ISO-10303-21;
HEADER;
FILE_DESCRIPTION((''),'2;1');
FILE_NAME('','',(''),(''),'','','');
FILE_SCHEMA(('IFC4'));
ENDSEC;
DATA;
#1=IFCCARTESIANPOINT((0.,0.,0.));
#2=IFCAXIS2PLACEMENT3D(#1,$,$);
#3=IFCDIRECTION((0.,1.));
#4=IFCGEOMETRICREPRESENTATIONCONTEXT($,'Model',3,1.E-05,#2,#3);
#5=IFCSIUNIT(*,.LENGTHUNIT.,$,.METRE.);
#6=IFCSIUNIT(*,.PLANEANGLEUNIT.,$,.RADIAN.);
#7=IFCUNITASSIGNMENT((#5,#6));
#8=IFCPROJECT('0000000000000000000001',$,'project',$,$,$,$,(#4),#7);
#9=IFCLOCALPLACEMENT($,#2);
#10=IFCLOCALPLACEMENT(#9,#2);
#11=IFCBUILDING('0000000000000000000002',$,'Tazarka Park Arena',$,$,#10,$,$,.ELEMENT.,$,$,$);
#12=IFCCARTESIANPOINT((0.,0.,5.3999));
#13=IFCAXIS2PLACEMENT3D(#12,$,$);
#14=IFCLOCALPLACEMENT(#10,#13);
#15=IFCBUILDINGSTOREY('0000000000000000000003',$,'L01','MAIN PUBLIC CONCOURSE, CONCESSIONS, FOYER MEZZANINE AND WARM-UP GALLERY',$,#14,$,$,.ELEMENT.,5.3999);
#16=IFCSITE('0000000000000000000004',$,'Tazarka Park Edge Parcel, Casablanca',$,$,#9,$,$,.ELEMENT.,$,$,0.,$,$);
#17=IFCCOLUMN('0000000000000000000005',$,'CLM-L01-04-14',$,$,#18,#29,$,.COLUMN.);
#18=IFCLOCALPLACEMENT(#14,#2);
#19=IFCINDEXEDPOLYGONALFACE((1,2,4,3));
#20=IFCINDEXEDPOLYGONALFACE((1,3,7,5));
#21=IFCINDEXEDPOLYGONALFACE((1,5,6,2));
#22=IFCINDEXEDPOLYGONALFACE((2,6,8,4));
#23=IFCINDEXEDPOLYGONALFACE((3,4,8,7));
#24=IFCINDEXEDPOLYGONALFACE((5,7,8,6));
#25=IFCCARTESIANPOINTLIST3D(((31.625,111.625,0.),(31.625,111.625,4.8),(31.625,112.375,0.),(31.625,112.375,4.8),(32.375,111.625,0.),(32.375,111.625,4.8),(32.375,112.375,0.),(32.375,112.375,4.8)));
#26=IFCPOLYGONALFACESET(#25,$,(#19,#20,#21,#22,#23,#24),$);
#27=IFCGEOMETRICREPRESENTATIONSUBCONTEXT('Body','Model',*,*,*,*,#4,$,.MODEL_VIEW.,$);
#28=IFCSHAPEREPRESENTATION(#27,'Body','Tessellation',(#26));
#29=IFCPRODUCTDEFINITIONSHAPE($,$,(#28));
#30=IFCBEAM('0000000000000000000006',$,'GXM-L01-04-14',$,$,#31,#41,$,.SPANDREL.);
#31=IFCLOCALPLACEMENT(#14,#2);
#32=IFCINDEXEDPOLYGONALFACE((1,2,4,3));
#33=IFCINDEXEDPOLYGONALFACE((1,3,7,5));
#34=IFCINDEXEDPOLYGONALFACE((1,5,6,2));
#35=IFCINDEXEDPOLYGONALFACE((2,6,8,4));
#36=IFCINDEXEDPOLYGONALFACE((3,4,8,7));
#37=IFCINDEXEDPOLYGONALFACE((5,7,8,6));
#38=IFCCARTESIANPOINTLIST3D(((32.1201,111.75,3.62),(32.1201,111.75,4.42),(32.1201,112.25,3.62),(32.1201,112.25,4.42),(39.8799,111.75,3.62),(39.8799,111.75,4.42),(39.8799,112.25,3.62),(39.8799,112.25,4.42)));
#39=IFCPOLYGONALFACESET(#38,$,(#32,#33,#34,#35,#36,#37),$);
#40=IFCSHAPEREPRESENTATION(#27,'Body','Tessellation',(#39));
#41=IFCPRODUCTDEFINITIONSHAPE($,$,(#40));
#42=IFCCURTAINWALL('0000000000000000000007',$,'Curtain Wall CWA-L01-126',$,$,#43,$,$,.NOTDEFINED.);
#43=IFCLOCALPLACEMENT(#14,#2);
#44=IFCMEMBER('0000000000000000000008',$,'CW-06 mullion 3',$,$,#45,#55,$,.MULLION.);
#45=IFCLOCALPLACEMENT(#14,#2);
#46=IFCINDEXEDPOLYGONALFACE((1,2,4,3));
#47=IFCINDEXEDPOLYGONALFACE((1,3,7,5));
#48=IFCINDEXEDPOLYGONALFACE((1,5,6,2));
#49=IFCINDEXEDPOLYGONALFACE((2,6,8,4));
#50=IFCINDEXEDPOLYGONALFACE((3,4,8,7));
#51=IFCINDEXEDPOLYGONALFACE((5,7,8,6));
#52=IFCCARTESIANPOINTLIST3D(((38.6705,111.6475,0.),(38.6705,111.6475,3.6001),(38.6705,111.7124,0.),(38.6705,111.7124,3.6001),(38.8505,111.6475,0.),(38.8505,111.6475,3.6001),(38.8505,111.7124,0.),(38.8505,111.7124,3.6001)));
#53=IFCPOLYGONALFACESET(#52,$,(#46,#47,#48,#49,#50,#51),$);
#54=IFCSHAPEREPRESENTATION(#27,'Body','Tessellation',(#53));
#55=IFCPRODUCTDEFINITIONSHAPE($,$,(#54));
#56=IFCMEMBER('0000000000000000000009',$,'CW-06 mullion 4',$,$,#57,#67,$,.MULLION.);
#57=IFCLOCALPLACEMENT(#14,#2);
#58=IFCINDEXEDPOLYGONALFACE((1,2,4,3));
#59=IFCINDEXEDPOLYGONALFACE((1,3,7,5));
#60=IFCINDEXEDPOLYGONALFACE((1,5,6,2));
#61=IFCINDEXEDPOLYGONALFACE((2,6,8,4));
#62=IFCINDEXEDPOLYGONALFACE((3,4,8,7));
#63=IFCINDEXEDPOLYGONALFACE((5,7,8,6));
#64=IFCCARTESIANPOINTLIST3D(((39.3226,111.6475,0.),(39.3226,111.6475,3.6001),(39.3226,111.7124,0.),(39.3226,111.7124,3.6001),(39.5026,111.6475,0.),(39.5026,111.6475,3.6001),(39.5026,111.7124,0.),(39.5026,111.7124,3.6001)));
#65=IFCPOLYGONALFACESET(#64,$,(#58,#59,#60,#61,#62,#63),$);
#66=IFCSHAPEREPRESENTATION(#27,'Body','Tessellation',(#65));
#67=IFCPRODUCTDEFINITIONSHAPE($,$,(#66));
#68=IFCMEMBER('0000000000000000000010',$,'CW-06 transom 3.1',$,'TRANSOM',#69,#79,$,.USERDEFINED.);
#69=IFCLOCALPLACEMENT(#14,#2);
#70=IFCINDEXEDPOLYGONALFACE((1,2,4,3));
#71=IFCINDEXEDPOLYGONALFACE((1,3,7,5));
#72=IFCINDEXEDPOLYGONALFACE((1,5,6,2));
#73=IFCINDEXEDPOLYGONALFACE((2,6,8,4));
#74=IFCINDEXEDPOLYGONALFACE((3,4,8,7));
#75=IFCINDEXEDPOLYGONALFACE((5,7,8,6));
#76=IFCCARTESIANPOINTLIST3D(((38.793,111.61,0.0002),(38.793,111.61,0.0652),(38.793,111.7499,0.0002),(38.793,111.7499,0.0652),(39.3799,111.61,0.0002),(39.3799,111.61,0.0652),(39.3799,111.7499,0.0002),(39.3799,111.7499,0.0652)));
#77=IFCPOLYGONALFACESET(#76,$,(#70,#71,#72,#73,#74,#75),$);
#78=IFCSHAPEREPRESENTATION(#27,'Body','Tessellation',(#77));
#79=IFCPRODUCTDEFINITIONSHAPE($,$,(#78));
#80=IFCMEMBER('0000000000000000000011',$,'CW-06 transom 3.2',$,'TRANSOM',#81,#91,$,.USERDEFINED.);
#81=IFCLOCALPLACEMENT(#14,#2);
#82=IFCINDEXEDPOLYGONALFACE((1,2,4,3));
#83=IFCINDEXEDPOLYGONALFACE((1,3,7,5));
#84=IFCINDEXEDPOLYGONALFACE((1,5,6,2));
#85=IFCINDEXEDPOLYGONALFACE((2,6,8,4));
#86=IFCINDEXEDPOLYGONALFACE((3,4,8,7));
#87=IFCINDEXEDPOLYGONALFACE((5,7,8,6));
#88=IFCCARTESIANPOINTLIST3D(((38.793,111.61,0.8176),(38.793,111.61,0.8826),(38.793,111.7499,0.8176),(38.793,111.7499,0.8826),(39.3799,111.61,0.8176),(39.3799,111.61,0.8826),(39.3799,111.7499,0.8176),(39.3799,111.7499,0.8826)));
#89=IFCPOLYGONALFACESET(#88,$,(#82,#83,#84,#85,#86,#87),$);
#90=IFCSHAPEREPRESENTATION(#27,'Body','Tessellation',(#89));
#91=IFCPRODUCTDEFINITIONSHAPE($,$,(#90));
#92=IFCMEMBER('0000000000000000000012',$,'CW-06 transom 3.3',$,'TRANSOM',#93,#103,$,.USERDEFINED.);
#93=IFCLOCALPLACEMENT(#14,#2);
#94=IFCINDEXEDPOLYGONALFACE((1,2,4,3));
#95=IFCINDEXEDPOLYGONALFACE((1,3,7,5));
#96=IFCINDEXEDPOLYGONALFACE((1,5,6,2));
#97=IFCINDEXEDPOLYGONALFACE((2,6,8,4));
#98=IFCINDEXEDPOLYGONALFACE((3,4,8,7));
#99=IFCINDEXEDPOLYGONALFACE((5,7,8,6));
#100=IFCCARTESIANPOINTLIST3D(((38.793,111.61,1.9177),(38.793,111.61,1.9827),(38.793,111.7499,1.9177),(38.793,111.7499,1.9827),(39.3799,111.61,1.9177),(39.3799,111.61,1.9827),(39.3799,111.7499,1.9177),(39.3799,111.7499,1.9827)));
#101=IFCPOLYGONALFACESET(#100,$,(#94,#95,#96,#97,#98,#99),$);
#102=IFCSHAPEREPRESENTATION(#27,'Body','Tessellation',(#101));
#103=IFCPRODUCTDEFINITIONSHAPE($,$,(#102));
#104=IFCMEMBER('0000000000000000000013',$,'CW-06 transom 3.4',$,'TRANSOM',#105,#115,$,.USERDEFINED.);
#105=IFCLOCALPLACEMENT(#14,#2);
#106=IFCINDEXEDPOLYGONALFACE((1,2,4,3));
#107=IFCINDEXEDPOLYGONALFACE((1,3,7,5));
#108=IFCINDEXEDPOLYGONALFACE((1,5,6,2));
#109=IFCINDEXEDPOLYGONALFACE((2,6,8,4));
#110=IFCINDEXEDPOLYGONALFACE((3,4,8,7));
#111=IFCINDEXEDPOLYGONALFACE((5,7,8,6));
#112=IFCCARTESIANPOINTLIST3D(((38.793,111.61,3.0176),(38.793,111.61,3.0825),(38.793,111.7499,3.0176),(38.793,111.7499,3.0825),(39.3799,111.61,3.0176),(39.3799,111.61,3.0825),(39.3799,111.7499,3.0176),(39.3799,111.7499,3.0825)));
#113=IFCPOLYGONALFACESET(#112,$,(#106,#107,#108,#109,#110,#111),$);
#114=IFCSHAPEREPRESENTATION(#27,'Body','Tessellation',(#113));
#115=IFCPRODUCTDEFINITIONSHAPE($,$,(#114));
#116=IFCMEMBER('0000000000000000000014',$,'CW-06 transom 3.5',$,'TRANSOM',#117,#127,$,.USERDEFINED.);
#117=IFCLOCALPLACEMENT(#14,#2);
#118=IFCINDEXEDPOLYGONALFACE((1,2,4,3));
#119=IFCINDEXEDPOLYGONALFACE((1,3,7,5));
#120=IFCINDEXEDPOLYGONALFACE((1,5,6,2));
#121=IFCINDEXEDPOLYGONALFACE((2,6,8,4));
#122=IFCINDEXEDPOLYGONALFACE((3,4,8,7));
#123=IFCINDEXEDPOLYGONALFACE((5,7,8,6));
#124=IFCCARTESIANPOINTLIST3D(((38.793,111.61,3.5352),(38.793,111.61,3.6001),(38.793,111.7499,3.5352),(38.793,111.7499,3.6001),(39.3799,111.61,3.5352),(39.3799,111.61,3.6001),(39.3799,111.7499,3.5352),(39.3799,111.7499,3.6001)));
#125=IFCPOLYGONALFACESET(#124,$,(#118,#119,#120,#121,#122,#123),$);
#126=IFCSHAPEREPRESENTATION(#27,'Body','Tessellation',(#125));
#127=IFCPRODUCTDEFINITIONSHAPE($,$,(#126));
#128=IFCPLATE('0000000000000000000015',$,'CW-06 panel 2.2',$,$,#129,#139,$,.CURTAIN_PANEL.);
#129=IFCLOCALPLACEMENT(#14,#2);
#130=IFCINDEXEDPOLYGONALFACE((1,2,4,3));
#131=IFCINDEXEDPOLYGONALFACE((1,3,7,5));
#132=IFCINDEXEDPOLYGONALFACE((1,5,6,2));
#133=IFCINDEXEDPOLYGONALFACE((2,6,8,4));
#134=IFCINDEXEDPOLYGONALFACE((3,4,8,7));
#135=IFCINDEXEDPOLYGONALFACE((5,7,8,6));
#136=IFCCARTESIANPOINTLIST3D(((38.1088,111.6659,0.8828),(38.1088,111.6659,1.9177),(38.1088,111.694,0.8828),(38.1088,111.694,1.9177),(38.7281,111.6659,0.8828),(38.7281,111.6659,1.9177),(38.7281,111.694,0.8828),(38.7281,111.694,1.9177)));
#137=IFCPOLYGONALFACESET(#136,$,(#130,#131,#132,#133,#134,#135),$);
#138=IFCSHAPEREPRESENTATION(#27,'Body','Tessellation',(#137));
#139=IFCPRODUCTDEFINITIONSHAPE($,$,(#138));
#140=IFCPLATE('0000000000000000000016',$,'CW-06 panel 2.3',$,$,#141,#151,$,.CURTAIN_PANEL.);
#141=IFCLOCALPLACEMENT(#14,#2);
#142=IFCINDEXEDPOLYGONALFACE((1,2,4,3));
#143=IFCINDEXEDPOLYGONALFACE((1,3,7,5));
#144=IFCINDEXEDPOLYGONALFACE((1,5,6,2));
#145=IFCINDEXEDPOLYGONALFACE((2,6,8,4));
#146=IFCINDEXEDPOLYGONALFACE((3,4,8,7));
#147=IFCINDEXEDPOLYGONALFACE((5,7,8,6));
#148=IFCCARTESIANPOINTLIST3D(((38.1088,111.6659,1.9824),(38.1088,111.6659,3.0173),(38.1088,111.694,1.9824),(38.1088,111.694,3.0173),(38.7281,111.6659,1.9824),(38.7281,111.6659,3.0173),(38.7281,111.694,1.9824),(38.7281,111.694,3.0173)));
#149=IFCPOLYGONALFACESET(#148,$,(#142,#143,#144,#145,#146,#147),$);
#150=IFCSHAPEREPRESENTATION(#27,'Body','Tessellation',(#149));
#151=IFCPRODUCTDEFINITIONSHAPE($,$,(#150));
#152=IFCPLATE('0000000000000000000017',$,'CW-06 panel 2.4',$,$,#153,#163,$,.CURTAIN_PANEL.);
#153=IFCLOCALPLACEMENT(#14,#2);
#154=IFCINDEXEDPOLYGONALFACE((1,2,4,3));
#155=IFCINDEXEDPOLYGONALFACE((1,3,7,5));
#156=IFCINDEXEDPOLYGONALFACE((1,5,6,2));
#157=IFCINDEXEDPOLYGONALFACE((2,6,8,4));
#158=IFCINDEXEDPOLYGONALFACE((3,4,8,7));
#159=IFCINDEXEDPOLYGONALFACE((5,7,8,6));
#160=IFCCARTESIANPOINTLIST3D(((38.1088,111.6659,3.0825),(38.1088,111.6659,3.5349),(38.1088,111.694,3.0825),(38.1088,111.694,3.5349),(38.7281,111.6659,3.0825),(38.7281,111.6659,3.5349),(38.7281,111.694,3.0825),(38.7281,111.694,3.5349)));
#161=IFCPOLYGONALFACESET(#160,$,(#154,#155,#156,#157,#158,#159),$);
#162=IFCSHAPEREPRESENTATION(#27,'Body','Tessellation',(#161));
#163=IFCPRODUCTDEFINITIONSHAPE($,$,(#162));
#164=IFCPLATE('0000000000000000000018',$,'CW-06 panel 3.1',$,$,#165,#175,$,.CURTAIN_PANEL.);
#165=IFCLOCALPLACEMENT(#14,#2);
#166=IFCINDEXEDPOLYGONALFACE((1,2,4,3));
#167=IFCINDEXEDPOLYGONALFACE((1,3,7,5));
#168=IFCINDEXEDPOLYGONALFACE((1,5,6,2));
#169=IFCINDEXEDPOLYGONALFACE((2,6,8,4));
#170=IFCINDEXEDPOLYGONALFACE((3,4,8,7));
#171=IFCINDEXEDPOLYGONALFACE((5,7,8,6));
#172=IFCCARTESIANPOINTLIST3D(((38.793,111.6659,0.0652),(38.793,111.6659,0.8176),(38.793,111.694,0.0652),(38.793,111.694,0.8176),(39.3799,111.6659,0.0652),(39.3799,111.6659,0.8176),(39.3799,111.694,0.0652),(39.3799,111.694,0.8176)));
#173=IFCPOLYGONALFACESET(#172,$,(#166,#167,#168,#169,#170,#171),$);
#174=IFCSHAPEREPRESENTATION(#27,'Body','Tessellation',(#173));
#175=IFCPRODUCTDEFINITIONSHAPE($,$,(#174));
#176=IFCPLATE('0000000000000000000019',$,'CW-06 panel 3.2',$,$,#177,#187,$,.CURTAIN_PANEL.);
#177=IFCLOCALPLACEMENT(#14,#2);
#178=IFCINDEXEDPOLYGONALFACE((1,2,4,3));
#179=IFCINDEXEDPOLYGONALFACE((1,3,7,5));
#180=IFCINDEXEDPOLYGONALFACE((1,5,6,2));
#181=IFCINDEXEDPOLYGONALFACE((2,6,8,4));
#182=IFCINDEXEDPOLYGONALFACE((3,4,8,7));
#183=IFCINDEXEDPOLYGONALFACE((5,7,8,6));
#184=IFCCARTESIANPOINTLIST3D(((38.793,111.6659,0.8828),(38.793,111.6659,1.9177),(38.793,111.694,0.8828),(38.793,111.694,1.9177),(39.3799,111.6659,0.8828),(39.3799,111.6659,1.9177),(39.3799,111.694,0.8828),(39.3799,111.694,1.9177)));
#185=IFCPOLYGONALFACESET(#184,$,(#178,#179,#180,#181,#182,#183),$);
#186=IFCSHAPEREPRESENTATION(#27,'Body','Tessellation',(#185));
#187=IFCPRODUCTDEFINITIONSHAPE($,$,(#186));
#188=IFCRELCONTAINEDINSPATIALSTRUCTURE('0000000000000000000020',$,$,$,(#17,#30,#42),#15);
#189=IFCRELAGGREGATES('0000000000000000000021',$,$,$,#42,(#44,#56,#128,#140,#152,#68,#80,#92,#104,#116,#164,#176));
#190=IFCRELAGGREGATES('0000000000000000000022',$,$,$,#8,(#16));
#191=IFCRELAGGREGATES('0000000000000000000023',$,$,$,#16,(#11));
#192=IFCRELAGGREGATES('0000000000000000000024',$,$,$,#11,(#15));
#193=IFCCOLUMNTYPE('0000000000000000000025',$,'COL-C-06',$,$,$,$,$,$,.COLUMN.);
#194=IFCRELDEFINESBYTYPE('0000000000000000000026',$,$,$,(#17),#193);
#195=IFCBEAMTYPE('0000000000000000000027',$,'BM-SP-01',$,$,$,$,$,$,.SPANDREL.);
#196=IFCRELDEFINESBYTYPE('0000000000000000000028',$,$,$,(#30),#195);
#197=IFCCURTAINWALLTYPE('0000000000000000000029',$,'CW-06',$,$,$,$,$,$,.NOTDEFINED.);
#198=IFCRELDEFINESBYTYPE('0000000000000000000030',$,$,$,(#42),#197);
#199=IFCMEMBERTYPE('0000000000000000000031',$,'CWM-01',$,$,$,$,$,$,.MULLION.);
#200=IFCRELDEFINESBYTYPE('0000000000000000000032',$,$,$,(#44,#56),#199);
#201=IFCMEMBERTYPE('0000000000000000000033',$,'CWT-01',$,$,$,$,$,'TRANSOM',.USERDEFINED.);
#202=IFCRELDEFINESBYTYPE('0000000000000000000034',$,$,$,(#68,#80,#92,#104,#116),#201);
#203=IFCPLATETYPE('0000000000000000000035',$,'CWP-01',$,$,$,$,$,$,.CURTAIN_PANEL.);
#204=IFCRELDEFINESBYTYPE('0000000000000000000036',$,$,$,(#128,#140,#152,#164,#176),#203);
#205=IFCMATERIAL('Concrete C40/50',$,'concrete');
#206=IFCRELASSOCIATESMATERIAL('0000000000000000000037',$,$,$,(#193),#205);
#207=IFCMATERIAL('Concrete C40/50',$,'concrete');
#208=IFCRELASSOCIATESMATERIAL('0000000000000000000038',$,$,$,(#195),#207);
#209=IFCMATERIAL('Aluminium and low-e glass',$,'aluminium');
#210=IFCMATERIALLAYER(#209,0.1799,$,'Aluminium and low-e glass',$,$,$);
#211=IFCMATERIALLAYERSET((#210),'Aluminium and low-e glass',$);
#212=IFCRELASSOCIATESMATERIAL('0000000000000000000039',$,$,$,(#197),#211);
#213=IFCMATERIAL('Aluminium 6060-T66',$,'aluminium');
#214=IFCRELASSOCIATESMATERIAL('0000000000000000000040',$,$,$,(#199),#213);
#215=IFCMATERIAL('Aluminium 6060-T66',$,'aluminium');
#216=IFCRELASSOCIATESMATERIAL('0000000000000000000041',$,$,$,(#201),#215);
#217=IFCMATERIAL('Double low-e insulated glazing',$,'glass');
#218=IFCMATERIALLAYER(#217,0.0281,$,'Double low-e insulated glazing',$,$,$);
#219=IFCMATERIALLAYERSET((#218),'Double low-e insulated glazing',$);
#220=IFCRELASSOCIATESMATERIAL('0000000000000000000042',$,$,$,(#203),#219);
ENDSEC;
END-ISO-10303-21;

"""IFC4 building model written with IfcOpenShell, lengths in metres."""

from ifc_helpers import new_model, si_unit, direction, frame, origin, origin_2d, place, context, subcontext, project, spatial, rectangle, extrude, material, layer, layer_set, material_profile, profile_set, type_object, element, aggregate, save


model = new_model("IFC4")

# Units and contexts
model_context = context("Model", 3, precision=1e-05, world=origin(), true_north=direction((0.0, 1.0)))
body_context = subcontext(model_context, "Body", "Model", "MODEL_VIEW")
ifc_project = project(units=[si_unit("LENGTHUNIT", "METRE"), si_unit("PLANEANGLEUNIT", "RADIAN")], contexts=[model_context])

# Site, building, storey
site_placement = place(None, origin())
site = spatial("IfcSite", under=ifc_project, at=site_placement, Name="Tazarka Park Edge Parcel, Casablanca", CompositionType="ELEMENT", RefElevation=0.0)
building_placement = place(site_placement, origin())
building = spatial("IfcBuilding", under=site, at=building_placement, Name="Tazarka Park Arena", CompositionType="ELEMENT")
storey_placement = place(building_placement, frame((0.0, 0.0, 5.3999)))
storey = spatial("IfcBuildingStorey", under=building, at=storey_placement, Name="L01", Description="MAIN PUBLIC CONCOURSE, CONCESSIONS, FOYER MEZZANINE AND WARM-UP GALLERY", CompositionType="ELEMENT", Elevation=5.3999)

# Column
ifc_material_1 = material(Name="Concrete C40/50", Category="concrete")
ifc_material_profile_1 = material_profile(ifc_material_1, rectangle(XDim=0.75, YDim=0.75, at=origin_2d()), Name="Concrete C40/50")
ifc_profile_set_1 = profile_set([ifc_material_profile_1], Name="Concrete C40/50")
column_type = type_object("IfcColumnType", Name="COL-C-06", PredefinedType="COLUMN", material=ifc_profile_set_1)
column_placement = place(storey_placement, frame((32.0, 112.0, 0.0), z_axis=(0.0, 0.0, 1.0), x_axis=(1.0, 0.0, 0.0)))
element("IfcColumn", 1, at=column_placement, inside=storey, type_object=column_type, Name="CLM-L01-04-14", PredefinedType="COLUMN", context=body_context, shape_type="SweptSolid", body=[
    extrude(rectangle(XDim=0.75, YDim=0.75, at=origin_2d()), origin(), (0.0, 0.0, 1.0), 4.8),
])

# Beam
ifc_material_2 = material(Name="Concrete C40/50", Category="concrete")
ifc_material_profile_2 = material_profile(ifc_material_2, rectangle(XDim=0.5, YDim=0.8, at=origin_2d()), Name="Concrete C40/50")
ifc_profile_set_2 = profile_set([ifc_material_profile_2], Name="Concrete C40/50")
beam_type = type_object("IfcBeamType", Name="BM-SP-01", PredefinedType="SPANDREL", material=ifc_profile_set_2)
beam_placement = place(storey_placement, frame((32.1201, 112.0, 4.02), z_axis=(1.0, 0.0, 0.0), x_axis=(0.0, 1.0, 0.0)))
element("IfcBeam", 2, at=beam_placement, inside=storey, type_object=beam_type, Name="GXM-L01-04-14", PredefinedType="SPANDREL", context=body_context, shape_type="SweptSolid", body=[
    extrude(rectangle(XDim=0.5, YDim=0.8, at=origin_2d()), origin(), (0.0, 0.0, 1.0), 7.7598),
])

# Curtain wall, members, plates
ifc_material_3 = material(Name="Aluminium and low-e glass", Category="aluminium")
ifc_layer_1 = layer(ifc_material_3, 0.1799, Name="Aluminium and low-e glass")
ifc_layer_set_1 = layer_set([ifc_layer_1], Name="Aluminium and low-e glass")
curtain_wall_type = type_object("IfcCurtainWallType", Name="CW-06", PredefinedType="NOTDEFINED", material=ifc_layer_set_1)
curtain_wall_placement = place(storey_placement, origin())
curtain_wall = element("IfcCurtainWall", 3, at=curtain_wall_placement, inside=storey, type_object=curtain_wall_type, Name="Curtain Wall CWA-L01-126", PredefinedType="NOTDEFINED")
ifc_material_4 = material(Name="Aluminium 6060-T66", Category="aluminium")
ifc_material_profile_3 = material_profile(ifc_material_4, rectangle(XDim=0.0649, YDim=0.1799, at=origin_2d()), Name="Aluminium 6060-T66")
ifc_profile_set_3 = profile_set([ifc_material_profile_3], Name="Aluminium 6060-T66")
member_type_1 = type_object("IfcMemberType", Name="CWM-01", PredefinedType="MULLION", material=ifc_profile_set_3)
member_1_placement = place(storey_placement, frame((38.7605, 111.6799, 0.0), z_axis=(0.0, 0.0, 1.0), x_axis=(0.0, 1.0, 0.0)))
member_1 = element("IfcMember", 4, at=member_1_placement, type_object=member_type_1, Name="CW-06 mullion 3", PredefinedType="MULLION", context=body_context, shape_type="SweptSolid", body=[
    extrude(rectangle(XDim=0.0649, YDim=0.1799, at=origin_2d()), origin(), (0.0, 0.0, 1.0), 3.6001),
])
member_2_placement = place(storey_placement, frame((39.4126, 111.6799, 0.0), z_axis=(0.0, 0.0, 1.0), x_axis=(0.0, 1.0, 0.0)))
member_2 = element("IfcMember", 5, at=member_2_placement, type_object=member_type_1, Name="CW-06 mullion 4", PredefinedType="MULLION", context=body_context, shape_type="SweptSolid", body=[
    extrude(rectangle(XDim=0.0649, YDim=0.1799, at=origin_2d()), origin(), (0.0, 0.0, 1.0), 3.6001),
])
ifc_material_5 = material(Name="Aluminium 6060-T66", Category="aluminium")
ifc_material_profile_4 = material_profile(ifc_material_5, rectangle(XDim=0.1399, YDim=0.0649, at=origin_2d()), Name="Aluminium 6060-T66")
ifc_profile_set_4 = profile_set([ifc_material_profile_4], Name="Aluminium 6060-T66")
member_type_2 = type_object("IfcMemberType", Name="CWT-01", ElementType="TRANSOM", PredefinedType="USERDEFINED", material=ifc_profile_set_4)
member_3_placement = place(storey_placement, frame((38.793, 111.6799, 0.0327), z_axis=(1.0, 0.0, 0.0), x_axis=(0.0, 1.0, 0.0)))
member_3 = element("IfcMember", 6, at=member_3_placement, type_object=member_type_2, Name="CW-06 transom 3.1", ObjectType="TRANSOM", PredefinedType="USERDEFINED", context=body_context, shape_type="SweptSolid", body=[
    extrude(rectangle(XDim=0.1399, YDim=0.0649, at=origin_2d()), origin(), (0.0, 0.0, 1.0), 0.5869),
])
member_4_placement = place(storey_placement, frame((38.793, 111.6799, 0.8501), z_axis=(1.0, 0.0, 0.0), x_axis=(0.0, 1.0, 0.0)))
member_4 = element("IfcMember", 7, at=member_4_placement, type_object=member_type_2, Name="CW-06 transom 3.2", ObjectType="TRANSOM", PredefinedType="USERDEFINED", context=body_context, shape_type="SweptSolid", body=[
    extrude(rectangle(XDim=0.1399, YDim=0.0649, at=origin_2d()), origin(), (0.0, 0.0, 1.0), 0.5869),
])
member_5_placement = place(storey_placement, frame((38.793, 111.6799, 1.9502), z_axis=(1.0, 0.0, 0.0), x_axis=(0.0, 1.0, 0.0)))
member_5 = element("IfcMember", 8, at=member_5_placement, type_object=member_type_2, Name="CW-06 transom 3.3", ObjectType="TRANSOM", PredefinedType="USERDEFINED", context=body_context, shape_type="SweptSolid", body=[
    extrude(rectangle(XDim=0.1399, YDim=0.0649, at=origin_2d()), origin(), (0.0, 0.0, 1.0), 0.5869),
])
member_6_placement = place(storey_placement, frame((38.793, 111.6799, 3.05), z_axis=(1.0, 0.0, 0.0), x_axis=(0.0, 1.0, 0.0)))
member_6 = element("IfcMember", 9, at=member_6_placement, type_object=member_type_2, Name="CW-06 transom 3.4", ObjectType="TRANSOM", PredefinedType="USERDEFINED", context=body_context, shape_type="SweptSolid", body=[
    extrude(rectangle(XDim=0.1399, YDim=0.0649, at=origin_2d()), origin(), (0.0, 0.0, 1.0), 0.5869),
])
member_7_placement = place(storey_placement, frame((38.793, 111.6799, 3.5676), z_axis=(1.0, 0.0, 0.0), x_axis=(0.0, 1.0, 0.0)))
member_7 = element("IfcMember", 10, at=member_7_placement, type_object=member_type_2, Name="CW-06 transom 3.5", ObjectType="TRANSOM", PredefinedType="USERDEFINED", context=body_context, shape_type="SweptSolid", body=[
    extrude(rectangle(XDim=0.1399, YDim=0.0649, at=origin_2d()), origin(), (0.0, 0.0, 1.0), 0.5869),
])
ifc_material_6 = material(Name="Double low-e insulated glazing", Category="glass")
ifc_layer_2 = layer(ifc_material_6, 0.0281, Name="Double low-e insulated glazing")
ifc_layer_set_2 = layer_set([ifc_layer_2], Name="Double low-e insulated glazing")
plate_type = type_object("IfcPlateType", Name="CWP-01", PredefinedType="CURTAIN_PANEL", material=ifc_layer_set_2)
plate_1_placement = place(storey_placement, frame((38.4185, 111.6799, 0.8828), z_axis=(0.0, 0.0, 1.0), x_axis=(1.0, 0.0, 0.0)))
plate_1 = element("IfcPlate", 11, at=plate_1_placement, type_object=plate_type, Name="CW-06 panel 2.2", PredefinedType="CURTAIN_PANEL", context=body_context, shape_type="SweptSolid", body=[
    extrude(rectangle(XDim=0.6194, YDim=0.0281, at=origin_2d()), origin(), (0.0, 0.0, 1.0), 1.0349),
])
plate_2_placement = place(storey_placement, frame((38.4185, 111.6799, 1.9824), z_axis=(0.0, 0.0, 1.0), x_axis=(1.0, 0.0, 0.0)))
plate_2 = element("IfcPlate", 12, at=plate_2_placement, type_object=plate_type, Name="CW-06 panel 2.3", PredefinedType="CURTAIN_PANEL", context=body_context, shape_type="SweptSolid", body=[
    extrude(rectangle(XDim=0.6194, YDim=0.0281, at=origin_2d()), origin(), (0.0, 0.0, 1.0), 1.0349),
])
plate_3_placement = place(storey_placement, frame((38.4185, 111.6799, 3.0825), z_axis=(0.0, 0.0, 1.0), x_axis=(1.0, 0.0, 0.0)))
plate_3 = element("IfcPlate", 13, at=plate_3_placement, type_object=plate_type, Name="CW-06 panel 2.4", PredefinedType="CURTAIN_PANEL", context=body_context, shape_type="SweptSolid", body=[
    extrude(rectangle(XDim=0.6194, YDim=0.0281, at=origin_2d()), origin(), (0.0, 0.0, 1.0), 0.4524),
])
plate_4_placement = place(storey_placement, frame((39.0864, 111.6799, 0.0652), z_axis=(0.0, 0.0, 1.0), x_axis=(1.0, 0.0, 0.0)))
plate_4 = element("IfcPlate", 14, at=plate_4_placement, type_object=plate_type, Name="CW-06 panel 3.1", PredefinedType="CURTAIN_PANEL", context=body_context, shape_type="SweptSolid", body=[
    extrude(rectangle(XDim=0.5869, YDim=0.0281, at=origin_2d()), origin(), (0.0, 0.0, 1.0), 0.7524),
])
plate_5_placement = place(storey_placement, frame((39.0864, 111.6799, 0.8828), z_axis=(0.0, 0.0, 1.0), x_axis=(1.0, 0.0, 0.0)))
plate_5 = element("IfcPlate", 15, at=plate_5_placement, type_object=plate_type, Name="CW-06 panel 3.2", PredefinedType="CURTAIN_PANEL", context=body_context, shape_type="SweptSolid", body=[
    extrude(rectangle(XDim=0.5869, YDim=0.0281, at=origin_2d()), origin(), (0.0, 0.0, 1.0), 1.0349),
])
aggregate(curtain_wall, [member_1, member_2, plate_1, plate_2, plate_3, member_3, member_4, member_5, member_6, member_7, plate_4, plate_5])

save(model, "model.ifc")
